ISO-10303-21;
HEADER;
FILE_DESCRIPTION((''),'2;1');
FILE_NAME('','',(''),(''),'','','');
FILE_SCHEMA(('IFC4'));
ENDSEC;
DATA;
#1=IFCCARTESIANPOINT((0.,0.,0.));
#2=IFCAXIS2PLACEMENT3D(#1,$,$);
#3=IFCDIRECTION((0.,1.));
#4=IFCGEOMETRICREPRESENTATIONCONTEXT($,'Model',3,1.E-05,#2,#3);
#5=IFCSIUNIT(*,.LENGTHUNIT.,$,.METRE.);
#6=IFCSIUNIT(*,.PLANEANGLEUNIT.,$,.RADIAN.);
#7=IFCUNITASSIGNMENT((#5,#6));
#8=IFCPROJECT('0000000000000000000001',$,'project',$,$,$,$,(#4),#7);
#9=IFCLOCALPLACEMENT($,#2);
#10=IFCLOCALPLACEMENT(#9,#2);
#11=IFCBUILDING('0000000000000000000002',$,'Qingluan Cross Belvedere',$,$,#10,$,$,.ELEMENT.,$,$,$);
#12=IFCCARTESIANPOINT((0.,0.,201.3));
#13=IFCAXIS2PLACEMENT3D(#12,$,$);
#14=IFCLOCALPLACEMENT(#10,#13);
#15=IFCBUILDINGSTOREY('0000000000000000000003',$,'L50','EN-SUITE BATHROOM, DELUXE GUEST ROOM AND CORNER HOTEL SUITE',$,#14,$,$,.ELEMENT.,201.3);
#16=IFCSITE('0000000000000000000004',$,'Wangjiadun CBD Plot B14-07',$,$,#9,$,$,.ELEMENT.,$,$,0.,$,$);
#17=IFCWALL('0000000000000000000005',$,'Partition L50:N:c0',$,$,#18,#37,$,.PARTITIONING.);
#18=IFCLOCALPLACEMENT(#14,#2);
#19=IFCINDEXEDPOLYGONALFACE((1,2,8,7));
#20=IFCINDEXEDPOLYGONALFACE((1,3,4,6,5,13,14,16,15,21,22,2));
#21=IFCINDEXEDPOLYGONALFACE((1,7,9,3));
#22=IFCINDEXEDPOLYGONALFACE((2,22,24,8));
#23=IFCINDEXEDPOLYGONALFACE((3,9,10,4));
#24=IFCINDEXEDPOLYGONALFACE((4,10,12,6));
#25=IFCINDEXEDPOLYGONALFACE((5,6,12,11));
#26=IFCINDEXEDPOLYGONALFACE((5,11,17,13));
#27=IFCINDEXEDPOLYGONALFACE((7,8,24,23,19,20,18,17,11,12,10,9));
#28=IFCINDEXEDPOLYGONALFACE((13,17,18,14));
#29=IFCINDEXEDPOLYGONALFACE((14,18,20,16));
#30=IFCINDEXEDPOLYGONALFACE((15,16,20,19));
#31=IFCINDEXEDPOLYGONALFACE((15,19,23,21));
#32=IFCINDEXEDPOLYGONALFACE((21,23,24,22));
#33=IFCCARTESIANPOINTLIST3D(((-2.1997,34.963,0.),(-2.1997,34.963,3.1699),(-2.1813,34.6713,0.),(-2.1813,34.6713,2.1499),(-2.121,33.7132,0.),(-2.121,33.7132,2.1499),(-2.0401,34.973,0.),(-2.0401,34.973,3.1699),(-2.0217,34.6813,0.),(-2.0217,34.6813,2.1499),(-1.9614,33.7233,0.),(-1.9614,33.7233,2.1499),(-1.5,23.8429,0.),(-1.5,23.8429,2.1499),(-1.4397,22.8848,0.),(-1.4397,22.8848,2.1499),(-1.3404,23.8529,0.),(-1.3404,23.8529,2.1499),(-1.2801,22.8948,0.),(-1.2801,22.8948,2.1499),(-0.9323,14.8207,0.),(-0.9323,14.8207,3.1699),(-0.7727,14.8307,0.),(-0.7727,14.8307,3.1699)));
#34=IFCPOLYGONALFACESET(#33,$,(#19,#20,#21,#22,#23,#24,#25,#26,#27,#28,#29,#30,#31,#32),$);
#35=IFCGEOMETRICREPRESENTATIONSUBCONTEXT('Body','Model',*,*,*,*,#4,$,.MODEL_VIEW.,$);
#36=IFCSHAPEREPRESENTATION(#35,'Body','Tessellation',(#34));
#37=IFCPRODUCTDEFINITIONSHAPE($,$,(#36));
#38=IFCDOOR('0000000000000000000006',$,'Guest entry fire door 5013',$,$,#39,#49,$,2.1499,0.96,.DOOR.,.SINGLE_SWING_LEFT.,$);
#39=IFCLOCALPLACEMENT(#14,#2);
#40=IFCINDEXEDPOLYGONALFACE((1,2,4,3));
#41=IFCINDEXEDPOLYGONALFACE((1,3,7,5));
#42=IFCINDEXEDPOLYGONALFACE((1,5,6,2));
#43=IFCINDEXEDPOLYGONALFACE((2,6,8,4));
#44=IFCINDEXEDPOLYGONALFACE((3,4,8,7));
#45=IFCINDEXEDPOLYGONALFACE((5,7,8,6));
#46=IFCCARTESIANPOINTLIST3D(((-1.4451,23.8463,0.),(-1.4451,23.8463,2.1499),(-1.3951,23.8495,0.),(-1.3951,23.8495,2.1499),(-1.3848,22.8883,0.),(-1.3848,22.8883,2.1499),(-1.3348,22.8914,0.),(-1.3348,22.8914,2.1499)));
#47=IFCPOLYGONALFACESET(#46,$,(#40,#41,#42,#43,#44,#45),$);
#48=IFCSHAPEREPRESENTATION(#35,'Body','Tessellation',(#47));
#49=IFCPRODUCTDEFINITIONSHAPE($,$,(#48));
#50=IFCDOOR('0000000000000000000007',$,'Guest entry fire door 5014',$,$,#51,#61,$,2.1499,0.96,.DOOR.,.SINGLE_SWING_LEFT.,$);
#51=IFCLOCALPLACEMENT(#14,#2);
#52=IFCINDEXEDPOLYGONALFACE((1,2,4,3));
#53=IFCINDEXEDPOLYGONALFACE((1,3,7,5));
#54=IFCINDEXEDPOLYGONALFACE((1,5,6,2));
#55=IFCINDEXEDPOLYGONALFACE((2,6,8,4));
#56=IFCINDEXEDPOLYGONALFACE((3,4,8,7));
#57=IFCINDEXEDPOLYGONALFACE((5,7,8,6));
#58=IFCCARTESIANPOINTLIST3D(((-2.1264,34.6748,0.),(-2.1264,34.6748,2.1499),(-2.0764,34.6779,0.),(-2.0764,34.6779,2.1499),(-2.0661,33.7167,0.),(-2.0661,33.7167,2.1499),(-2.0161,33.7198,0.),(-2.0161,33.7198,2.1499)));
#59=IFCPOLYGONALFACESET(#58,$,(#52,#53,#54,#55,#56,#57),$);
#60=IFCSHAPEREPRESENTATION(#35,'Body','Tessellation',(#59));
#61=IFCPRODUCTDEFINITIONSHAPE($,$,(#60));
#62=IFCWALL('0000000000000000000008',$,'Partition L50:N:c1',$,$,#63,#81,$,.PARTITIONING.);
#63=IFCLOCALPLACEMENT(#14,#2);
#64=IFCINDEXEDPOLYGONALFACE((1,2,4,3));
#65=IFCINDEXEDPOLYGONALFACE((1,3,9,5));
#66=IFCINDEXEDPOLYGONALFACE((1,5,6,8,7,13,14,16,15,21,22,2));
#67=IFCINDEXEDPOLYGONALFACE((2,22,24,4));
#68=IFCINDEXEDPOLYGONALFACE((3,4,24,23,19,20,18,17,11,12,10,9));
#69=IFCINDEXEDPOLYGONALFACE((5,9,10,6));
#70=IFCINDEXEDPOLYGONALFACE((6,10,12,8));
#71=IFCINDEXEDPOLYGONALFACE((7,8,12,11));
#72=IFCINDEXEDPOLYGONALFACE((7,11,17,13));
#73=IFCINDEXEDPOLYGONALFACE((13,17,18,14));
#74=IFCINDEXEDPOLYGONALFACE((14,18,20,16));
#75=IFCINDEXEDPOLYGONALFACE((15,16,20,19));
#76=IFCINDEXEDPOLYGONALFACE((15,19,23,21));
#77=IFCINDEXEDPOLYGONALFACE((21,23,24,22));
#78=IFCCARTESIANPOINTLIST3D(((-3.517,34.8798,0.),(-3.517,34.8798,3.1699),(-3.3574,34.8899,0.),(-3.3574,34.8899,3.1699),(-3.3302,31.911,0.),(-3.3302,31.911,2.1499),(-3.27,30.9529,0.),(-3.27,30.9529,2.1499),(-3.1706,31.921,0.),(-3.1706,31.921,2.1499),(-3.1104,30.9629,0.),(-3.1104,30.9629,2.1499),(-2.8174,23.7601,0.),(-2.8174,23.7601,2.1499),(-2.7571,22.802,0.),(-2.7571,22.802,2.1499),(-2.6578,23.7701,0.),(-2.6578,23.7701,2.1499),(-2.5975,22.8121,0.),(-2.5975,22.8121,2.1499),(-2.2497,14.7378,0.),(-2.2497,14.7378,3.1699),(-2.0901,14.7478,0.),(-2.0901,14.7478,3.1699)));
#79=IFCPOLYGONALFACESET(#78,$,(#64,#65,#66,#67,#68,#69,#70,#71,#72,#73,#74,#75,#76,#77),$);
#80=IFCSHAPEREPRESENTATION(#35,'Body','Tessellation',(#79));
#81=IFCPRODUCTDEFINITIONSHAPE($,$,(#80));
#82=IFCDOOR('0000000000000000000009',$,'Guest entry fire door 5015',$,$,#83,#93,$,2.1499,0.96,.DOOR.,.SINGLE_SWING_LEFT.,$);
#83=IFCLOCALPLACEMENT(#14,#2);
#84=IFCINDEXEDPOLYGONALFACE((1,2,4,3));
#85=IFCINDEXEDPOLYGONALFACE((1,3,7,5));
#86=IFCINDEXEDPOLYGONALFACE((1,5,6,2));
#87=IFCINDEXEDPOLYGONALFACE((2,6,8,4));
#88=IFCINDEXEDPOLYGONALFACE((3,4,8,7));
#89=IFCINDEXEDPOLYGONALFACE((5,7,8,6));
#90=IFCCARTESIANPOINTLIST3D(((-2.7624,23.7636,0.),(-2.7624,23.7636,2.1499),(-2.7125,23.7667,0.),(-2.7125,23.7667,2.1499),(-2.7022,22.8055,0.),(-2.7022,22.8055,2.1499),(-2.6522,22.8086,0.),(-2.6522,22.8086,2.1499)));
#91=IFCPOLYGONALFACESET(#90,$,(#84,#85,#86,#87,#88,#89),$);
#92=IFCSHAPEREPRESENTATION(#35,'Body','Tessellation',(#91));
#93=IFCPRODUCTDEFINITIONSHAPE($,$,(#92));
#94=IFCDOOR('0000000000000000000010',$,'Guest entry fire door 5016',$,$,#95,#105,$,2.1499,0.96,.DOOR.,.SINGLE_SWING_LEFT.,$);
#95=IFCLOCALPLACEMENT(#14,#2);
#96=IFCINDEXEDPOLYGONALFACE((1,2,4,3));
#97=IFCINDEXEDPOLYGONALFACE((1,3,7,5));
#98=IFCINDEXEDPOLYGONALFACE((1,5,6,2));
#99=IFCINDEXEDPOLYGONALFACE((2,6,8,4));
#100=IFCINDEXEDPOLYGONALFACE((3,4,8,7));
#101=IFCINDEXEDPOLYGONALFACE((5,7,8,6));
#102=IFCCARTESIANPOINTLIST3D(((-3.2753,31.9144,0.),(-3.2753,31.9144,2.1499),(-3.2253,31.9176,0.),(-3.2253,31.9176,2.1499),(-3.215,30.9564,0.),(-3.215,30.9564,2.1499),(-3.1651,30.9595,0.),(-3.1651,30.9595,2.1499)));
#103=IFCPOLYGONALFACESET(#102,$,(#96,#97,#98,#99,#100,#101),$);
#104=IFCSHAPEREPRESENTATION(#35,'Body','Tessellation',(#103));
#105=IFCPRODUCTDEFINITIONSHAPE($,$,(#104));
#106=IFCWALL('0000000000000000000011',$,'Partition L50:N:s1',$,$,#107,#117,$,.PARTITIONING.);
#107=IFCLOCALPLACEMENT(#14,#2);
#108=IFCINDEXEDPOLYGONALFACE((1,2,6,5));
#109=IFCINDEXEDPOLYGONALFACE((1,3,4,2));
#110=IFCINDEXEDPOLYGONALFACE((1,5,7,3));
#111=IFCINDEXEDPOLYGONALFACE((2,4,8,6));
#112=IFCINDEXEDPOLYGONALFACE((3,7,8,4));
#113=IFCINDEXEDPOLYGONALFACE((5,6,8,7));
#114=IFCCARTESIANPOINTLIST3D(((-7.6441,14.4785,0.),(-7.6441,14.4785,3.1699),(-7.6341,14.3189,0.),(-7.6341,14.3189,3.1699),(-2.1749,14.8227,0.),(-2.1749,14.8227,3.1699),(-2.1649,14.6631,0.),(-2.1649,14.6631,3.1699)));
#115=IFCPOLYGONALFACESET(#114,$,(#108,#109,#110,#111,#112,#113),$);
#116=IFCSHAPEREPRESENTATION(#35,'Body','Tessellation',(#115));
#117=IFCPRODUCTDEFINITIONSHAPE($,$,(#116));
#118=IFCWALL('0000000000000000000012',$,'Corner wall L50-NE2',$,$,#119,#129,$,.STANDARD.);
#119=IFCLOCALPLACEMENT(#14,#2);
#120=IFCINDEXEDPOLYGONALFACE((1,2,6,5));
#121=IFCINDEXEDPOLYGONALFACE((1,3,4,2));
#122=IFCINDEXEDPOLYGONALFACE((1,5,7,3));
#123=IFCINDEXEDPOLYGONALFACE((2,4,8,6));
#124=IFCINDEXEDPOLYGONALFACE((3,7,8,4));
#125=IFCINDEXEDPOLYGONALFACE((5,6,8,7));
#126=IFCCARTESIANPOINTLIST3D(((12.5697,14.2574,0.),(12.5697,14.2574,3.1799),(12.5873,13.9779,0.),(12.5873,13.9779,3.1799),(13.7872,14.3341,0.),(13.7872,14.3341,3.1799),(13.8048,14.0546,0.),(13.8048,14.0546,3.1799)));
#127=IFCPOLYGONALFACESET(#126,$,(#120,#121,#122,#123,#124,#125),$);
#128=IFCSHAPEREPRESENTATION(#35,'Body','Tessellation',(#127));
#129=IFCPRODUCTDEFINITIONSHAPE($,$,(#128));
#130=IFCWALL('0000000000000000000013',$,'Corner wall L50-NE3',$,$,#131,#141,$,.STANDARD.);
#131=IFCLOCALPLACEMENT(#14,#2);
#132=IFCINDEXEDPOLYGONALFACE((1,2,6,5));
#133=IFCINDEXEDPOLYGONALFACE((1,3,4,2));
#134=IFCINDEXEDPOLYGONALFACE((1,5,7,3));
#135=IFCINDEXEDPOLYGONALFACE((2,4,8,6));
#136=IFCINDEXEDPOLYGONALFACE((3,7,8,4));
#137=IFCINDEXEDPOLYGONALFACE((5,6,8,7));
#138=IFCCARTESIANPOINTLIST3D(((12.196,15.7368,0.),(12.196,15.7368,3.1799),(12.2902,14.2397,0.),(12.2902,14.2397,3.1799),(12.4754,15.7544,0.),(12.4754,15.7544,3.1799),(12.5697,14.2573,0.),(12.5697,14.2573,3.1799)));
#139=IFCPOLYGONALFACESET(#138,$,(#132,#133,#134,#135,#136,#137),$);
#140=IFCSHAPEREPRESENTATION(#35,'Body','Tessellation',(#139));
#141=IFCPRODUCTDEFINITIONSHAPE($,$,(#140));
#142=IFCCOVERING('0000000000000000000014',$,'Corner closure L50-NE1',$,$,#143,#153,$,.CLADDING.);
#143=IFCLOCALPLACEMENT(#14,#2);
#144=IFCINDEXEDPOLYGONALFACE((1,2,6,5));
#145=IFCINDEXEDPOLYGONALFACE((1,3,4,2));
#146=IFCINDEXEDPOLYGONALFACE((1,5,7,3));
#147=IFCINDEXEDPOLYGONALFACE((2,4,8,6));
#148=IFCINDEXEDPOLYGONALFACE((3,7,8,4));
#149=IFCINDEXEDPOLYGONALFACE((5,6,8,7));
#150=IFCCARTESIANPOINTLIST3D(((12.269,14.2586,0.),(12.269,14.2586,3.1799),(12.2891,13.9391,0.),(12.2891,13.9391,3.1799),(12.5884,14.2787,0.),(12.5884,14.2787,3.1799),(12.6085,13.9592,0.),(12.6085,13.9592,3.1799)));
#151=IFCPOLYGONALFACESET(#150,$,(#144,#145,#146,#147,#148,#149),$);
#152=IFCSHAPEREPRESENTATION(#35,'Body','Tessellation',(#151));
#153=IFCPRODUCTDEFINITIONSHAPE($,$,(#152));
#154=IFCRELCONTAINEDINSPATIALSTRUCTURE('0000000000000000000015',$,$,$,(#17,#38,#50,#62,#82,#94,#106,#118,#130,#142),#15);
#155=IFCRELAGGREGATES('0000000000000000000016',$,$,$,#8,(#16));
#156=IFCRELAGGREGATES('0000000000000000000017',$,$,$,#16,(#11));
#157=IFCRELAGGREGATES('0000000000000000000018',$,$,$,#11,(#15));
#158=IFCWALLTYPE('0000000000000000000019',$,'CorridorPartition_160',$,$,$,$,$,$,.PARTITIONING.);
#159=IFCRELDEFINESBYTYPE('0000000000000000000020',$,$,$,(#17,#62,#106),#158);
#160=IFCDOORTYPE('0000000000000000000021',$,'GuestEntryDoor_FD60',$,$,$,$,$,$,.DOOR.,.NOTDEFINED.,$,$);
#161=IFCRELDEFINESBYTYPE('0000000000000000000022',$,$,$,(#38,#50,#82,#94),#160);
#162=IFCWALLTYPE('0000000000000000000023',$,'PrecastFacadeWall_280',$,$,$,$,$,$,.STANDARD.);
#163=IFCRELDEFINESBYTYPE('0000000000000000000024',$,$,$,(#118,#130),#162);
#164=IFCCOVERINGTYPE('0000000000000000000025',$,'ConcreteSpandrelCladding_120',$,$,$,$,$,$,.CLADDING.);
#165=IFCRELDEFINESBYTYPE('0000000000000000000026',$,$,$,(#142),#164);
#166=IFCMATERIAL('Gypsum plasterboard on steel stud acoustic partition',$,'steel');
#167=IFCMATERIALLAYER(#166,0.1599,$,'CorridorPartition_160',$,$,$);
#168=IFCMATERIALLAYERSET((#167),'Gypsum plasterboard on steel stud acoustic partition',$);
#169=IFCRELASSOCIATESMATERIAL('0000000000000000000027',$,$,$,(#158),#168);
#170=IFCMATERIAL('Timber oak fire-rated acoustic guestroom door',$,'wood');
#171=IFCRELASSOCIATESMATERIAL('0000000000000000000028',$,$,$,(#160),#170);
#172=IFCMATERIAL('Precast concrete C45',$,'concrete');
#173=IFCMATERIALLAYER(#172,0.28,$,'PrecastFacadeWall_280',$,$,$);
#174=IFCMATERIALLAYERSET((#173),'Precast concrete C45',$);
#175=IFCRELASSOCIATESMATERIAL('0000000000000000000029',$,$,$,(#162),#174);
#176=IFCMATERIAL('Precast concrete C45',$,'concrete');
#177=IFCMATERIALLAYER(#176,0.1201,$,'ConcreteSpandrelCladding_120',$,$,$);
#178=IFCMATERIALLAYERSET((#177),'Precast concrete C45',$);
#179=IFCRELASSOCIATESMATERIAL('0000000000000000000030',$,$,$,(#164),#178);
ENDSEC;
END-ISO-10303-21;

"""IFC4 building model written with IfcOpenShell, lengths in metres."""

from ifc_helpers import new_model, si_unit, direction, frame, frame_2d, origin, origin_2d, place, context, subcontext, project, spatial, rectangle, extrude, material, layer, layer_set, type_object, element, fill, save


model = new_model("IFC4")

# Units and contexts
model_context = context("Model", 3, precision=1e-05, world=origin(), true_north=direction((0.0, 1.0)))
body_context = subcontext(model_context, "Body", "Model", "MODEL_VIEW")
ifc_project = project(units=[si_unit("LENGTHUNIT", "METRE"), si_unit("PLANEANGLEUNIT", "RADIAN")], contexts=[model_context])

# Site, building, storey
site_placement = place(None, origin())
site = spatial("IfcSite", under=ifc_project, at=site_placement, Name="Wangjiadun CBD Plot B14-07", CompositionType="ELEMENT", RefElevation=0.0)
building_placement = place(site_placement, origin())
building = spatial("IfcBuilding", under=site, at=building_placement, Name="Qingluan Cross Belvedere", CompositionType="ELEMENT")
storey_placement = place(building_placement, frame((0.0, 0.0, 201.3)))
storey = spatial("IfcBuildingStorey", under=building, at=storey_placement, Name="L50", Description="EN-SUITE BATHROOM, DELUXE GUEST ROOM AND CORNER HOTEL SUITE", CompositionType="ELEMENT", Elevation=201.3)

# Shared definitions
ifc_material_1 = material(Name="Gypsum plasterboard on steel stud acoustic partition", Category="steel")
ifc_layer_1 = layer(ifc_material_1, 0.1599, Name="CorridorPartition_160")
ifc_layer_set_1 = layer_set([ifc_layer_1], Name="Gypsum plasterboard on steel stud acoustic partition")
wall_type_1 = type_object("IfcWallType", Name="CorridorPartition_160", PredefinedType="PARTITIONING", material=ifc_layer_set_1)
ifc_material_2 = material(Name="Timber oak fire-rated acoustic guestroom door", Category="wood")
door_type = type_object("IfcDoorType", Name="GuestEntryDoor_FD60", OperationType="NOTDEFINED", PredefinedType="DOOR", material=ifc_material_2)

# Walls, openings, doors
wall_1_placement = place(storey_placement, frame((-0.8525, 14.8257, 0.0), z_axis=(0.0, 0.0, 1.0), x_axis=(-0.062795, 0.998026, 0.0)))
wall_1 = element("IfcWall", 1, at=wall_1_placement, inside=storey, type_object=wall_type_1, Name="Partition L50:N:c0", PredefinedType="PARTITIONING", context=body_context, shape_type="SweptSolid", body=[
    extrude(rectangle(XDim=20.1821, YDim=0.1599, at=frame_2d((10.0911, 0.0))), origin(), (0.0, 0.0, 1.0), 3.1699),
])
opening_1_placement = place(wall_1_placement, frame((8.0801, 0.0, 0.0)))
opening_1 = element("IfcOpeningElement", 2, at=opening_1_placement, cuts=wall_1, PredefinedType="OPENING", context=body_context, shape_type="SweptSolid", body=[
    extrude(rectangle(XDim=0.96, YDim=2.1499, at=frame_2d((0.48, 1.075))), frame((0.0, 0.0898, 0.0), z_axis=(0.0, -1.0, 0.0), x_axis=(1.0, 0.0, 0.0)), (0.0, 0.0, 1.0), 0.1799),
])
opening_2_placement = place(wall_1_placement, frame((18.9299, 0.0, 0.0)))
opening_2 = element("IfcOpeningElement", 3, at=opening_2_placement, cuts=wall_1, PredefinedType="OPENING", context=body_context, shape_type="SweptSolid", body=[
    extrude(rectangle(XDim=0.96, YDim=2.1499, at=frame_2d((0.48, 1.075))), frame((0.0, 0.0898, 0.0), z_axis=(0.0, -1.0, 0.0), x_axis=(1.0, 0.0, 0.0)), (0.0, 0.0, 1.0), 0.1799),
])
door_1_placement = place(opening_1_placement, origin())
door_1 = element("IfcDoor", 4, at=door_1_placement, inside=storey, type_object=door_type, Name="Guest entry fire door 5013", OperationType="SINGLE_SWING_LEFT", OverallHeight=2.1499, OverallWidth=0.96, PredefinedType="DOOR", context=body_context, shape_type="SweptSolid", body=[
    extrude(rectangle(XDim=0.96, YDim=2.1499, at=frame_2d((0.48, 1.075))), frame((0.0, 0.0249, 0.0), z_axis=(0.0, -1.0, 0.0), x_axis=(1.0, 0.0, 0.0)), (0.0, 0.0, 1.0), 0.05),
])
fill(opening_1, door_1)
door_2_placement = place(opening_2_placement, origin())
door_2 = element("IfcDoor", 5, at=door_2_placement, inside=storey, type_object=door_type, Name="Guest entry fire door 5014", OperationType="SINGLE_SWING_LEFT", OverallHeight=2.1499, OverallWidth=0.96, PredefinedType="DOOR", context=body_context, shape_type="SweptSolid", body=[
    extrude(rectangle(XDim=0.96, YDim=2.1499, at=frame_2d((0.48, 1.075))), frame((0.0, 0.0249, 0.0), z_axis=(0.0, -1.0, 0.0), x_axis=(1.0, 0.0, 0.0)), (0.0, 0.0, 1.0), 0.05),
])
fill(opening_2, door_2)
wall_2_placement = place(storey_placement, frame((-2.1699, 14.7429, 0.0), z_axis=(0.0, 0.0, 1.0), x_axis=(-0.062796, 0.998026, 0.0)))
wall_2 = element("IfcWall", 6, at=wall_2_placement, inside=storey, type_object=wall_type_1, Name="Partition L50:N:c1", PredefinedType="PARTITIONING", context=body_context, shape_type="SweptSolid", body=[
    extrude(rectangle(XDim=20.1819, YDim=0.1599, at=frame_2d((10.0908, 0.0))), origin(), (0.0, 0.0, 1.0), 3.1699),
])
opening_3_placement = place(wall_2_placement, frame((8.0801, 0.0, 0.0)))
opening_3 = element("IfcOpeningElement", 7, at=opening_3_placement, cuts=wall_2, PredefinedType="OPENING", context=body_context, shape_type="SweptSolid", body=[
    extrude(rectangle(XDim=0.96, YDim=2.1499, at=frame_2d((0.48, 1.075))), frame((0.0, 0.0898, 0.0), z_axis=(0.0, -1.0, 0.0), x_axis=(1.0, 0.0, 0.0)), (0.0, 0.0, 1.0), 0.1799),
])
opening_4_placement = place(wall_2_placement, frame((16.2471, 0.0, 0.0)))
opening_4 = element("IfcOpeningElement", 8, at=opening_4_placement, cuts=wall_2, PredefinedType="OPENING", context=body_context, shape_type="SweptSolid", body=[
    extrude(rectangle(XDim=0.96, YDim=2.1499, at=frame_2d((0.48, 1.075))), frame((0.0, 0.0898, 0.0), z_axis=(0.0, -1.0, 0.0), x_axis=(1.0, 0.0, 0.0)), (0.0, 0.0, 1.0), 0.1799),
])
door_3_placement = place(opening_3_placement, origin())
door_3 = element("IfcDoor", 9, at=door_3_placement, inside=storey, type_object=door_type, Name="Guest entry fire door 5015", OperationType="SINGLE_SWING_LEFT", OverallHeight=2.1499, OverallWidth=0.96, PredefinedType="DOOR", context=body_context, shape_type="SweptSolid", body=[
    extrude(rectangle(XDim=0.96, YDim=2.1499, at=frame_2d((0.48, 1.075))), frame((0.0, 0.0249, 0.0), z_axis=(0.0, -1.0, 0.0), x_axis=(1.0, 0.0, 0.0)), (0.0, 0.0, 1.0), 0.05),
])
fill(opening_3, door_3)
door_4_placement = place(opening_4_placement, origin())
door_4 = element("IfcDoor", 10, at=door_4_placement, inside=storey, type_object=door_type, Name="Guest entry fire door 5016", OperationType="SINGLE_SWING_LEFT", OverallHeight=2.1499, OverallWidth=0.96, PredefinedType="DOOR", context=body_context, shape_type="SweptSolid", body=[
    extrude(rectangle(XDim=0.96, YDim=2.1499, at=frame_2d((0.48, 1.075))), frame((0.0, 0.0249, 0.0), z_axis=(0.0, -1.0, 0.0), x_axis=(1.0, 0.0, 0.0)), (0.0, 0.0, 1.0), 0.05),
])
fill(opening_4, door_4)

# Walls
wall_3_placement = place(storey_placement, frame((-2.1699, 14.7429, 0.0), z_axis=(0.0, 0.0, 1.0), x_axis=(-0.998025, -0.062817, 0.0)))
element("IfcWall", 11, at=wall_3_placement, inside=storey, type_object=wall_type_1, Name="Partition L50:N:s1", PredefinedType="PARTITIONING", context=body_context, shape_type="SweptSolid", body=[
    extrude(rectangle(XDim=5.48, YDim=0.1599, at=frame_2d((2.74, 0.0))), origin(), (0.0, 0.0, 1.0), 3.1699),
])
ifc_material_3 = material(Name="Precast concrete C45", Category="concrete")
ifc_layer_2 = layer(ifc_material_3, 0.28, Name="PrecastFacadeWall_280")
ifc_layer_set_2 = layer_set([ifc_layer_2], Name="Precast concrete C45")
wall_type_2 = type_object("IfcWallType", Name="PrecastFacadeWall_280", PredefinedType="STANDARD", material=ifc_layer_set_2)
wall_4_placement = place(storey_placement, frame((13.7959, 14.1943, 0.0), z_axis=(0.0, 0.0, 1.0), x_axis=(-0.998024, -0.062839, 0.0)))
element("IfcWall", 12, at=wall_4_placement, inside=storey, type_object=wall_type_2, Name="Corner wall L50-NE2", PredefinedType="STANDARD", context=body_context, shape_type="SweptSolid", body=[
    extrude(rectangle(XDim=1.22, YDim=0.28, at=frame_2d((0.6099, 0.0))), origin(), (0.0, 0.0, 1.0), 3.1799),
])
wall_5_placement = place(storey_placement, frame((12.4299, 14.2485, 0.0), z_axis=(0.0, 0.0, 1.0), x_axis=(-0.062824, 0.998025, 0.0)))
element("IfcWall", 13, at=wall_5_placement, inside=storey, type_object=wall_type_2, Name="Corner wall L50-NE3", PredefinedType="STANDARD", context=body_context, shape_type="SweptSolid", body=[
    extrude(rectangle(XDim=1.5, YDim=0.28, at=frame_2d((0.75, 0.0))), origin(), (0.0, 0.0, 1.0), 3.1799),
])

# Covering
ifc_material_4 = material(Name="Precast concrete C45", Category="concrete")
ifc_layer_3 = layer(ifc_material_4, 0.1201, Name="ConcreteSpandrelCladding_120")
ifc_layer_set_3 = layer_set([ifc_layer_3], Name="Precast concrete C45")
covering_type = type_object("IfcCoveringType", Name="ConcreteSpandrelCladding_120", PredefinedType="CLADDING", material=ifc_layer_set_3)
covering_placement = place(storey_placement, frame((12.4387, 14.1089, 0.0), z_axis=(0.0, 0.0, 1.0), x_axis=(0.998027, 0.062791, 0.0)))
element("IfcCovering", 14, at=covering_placement, inside=storey, type_object=covering_type, Name="Corner closure L50-NE1", PredefinedType="CLADDING", context=body_context, shape_type="SweptSolid", body=[
    extrude(rectangle(XDim=0.3201, YDim=0.3201, at=origin_2d()), origin(), (0.0, 0.0, 1.0), 3.1799),
])

save(model, "model.ifc")
